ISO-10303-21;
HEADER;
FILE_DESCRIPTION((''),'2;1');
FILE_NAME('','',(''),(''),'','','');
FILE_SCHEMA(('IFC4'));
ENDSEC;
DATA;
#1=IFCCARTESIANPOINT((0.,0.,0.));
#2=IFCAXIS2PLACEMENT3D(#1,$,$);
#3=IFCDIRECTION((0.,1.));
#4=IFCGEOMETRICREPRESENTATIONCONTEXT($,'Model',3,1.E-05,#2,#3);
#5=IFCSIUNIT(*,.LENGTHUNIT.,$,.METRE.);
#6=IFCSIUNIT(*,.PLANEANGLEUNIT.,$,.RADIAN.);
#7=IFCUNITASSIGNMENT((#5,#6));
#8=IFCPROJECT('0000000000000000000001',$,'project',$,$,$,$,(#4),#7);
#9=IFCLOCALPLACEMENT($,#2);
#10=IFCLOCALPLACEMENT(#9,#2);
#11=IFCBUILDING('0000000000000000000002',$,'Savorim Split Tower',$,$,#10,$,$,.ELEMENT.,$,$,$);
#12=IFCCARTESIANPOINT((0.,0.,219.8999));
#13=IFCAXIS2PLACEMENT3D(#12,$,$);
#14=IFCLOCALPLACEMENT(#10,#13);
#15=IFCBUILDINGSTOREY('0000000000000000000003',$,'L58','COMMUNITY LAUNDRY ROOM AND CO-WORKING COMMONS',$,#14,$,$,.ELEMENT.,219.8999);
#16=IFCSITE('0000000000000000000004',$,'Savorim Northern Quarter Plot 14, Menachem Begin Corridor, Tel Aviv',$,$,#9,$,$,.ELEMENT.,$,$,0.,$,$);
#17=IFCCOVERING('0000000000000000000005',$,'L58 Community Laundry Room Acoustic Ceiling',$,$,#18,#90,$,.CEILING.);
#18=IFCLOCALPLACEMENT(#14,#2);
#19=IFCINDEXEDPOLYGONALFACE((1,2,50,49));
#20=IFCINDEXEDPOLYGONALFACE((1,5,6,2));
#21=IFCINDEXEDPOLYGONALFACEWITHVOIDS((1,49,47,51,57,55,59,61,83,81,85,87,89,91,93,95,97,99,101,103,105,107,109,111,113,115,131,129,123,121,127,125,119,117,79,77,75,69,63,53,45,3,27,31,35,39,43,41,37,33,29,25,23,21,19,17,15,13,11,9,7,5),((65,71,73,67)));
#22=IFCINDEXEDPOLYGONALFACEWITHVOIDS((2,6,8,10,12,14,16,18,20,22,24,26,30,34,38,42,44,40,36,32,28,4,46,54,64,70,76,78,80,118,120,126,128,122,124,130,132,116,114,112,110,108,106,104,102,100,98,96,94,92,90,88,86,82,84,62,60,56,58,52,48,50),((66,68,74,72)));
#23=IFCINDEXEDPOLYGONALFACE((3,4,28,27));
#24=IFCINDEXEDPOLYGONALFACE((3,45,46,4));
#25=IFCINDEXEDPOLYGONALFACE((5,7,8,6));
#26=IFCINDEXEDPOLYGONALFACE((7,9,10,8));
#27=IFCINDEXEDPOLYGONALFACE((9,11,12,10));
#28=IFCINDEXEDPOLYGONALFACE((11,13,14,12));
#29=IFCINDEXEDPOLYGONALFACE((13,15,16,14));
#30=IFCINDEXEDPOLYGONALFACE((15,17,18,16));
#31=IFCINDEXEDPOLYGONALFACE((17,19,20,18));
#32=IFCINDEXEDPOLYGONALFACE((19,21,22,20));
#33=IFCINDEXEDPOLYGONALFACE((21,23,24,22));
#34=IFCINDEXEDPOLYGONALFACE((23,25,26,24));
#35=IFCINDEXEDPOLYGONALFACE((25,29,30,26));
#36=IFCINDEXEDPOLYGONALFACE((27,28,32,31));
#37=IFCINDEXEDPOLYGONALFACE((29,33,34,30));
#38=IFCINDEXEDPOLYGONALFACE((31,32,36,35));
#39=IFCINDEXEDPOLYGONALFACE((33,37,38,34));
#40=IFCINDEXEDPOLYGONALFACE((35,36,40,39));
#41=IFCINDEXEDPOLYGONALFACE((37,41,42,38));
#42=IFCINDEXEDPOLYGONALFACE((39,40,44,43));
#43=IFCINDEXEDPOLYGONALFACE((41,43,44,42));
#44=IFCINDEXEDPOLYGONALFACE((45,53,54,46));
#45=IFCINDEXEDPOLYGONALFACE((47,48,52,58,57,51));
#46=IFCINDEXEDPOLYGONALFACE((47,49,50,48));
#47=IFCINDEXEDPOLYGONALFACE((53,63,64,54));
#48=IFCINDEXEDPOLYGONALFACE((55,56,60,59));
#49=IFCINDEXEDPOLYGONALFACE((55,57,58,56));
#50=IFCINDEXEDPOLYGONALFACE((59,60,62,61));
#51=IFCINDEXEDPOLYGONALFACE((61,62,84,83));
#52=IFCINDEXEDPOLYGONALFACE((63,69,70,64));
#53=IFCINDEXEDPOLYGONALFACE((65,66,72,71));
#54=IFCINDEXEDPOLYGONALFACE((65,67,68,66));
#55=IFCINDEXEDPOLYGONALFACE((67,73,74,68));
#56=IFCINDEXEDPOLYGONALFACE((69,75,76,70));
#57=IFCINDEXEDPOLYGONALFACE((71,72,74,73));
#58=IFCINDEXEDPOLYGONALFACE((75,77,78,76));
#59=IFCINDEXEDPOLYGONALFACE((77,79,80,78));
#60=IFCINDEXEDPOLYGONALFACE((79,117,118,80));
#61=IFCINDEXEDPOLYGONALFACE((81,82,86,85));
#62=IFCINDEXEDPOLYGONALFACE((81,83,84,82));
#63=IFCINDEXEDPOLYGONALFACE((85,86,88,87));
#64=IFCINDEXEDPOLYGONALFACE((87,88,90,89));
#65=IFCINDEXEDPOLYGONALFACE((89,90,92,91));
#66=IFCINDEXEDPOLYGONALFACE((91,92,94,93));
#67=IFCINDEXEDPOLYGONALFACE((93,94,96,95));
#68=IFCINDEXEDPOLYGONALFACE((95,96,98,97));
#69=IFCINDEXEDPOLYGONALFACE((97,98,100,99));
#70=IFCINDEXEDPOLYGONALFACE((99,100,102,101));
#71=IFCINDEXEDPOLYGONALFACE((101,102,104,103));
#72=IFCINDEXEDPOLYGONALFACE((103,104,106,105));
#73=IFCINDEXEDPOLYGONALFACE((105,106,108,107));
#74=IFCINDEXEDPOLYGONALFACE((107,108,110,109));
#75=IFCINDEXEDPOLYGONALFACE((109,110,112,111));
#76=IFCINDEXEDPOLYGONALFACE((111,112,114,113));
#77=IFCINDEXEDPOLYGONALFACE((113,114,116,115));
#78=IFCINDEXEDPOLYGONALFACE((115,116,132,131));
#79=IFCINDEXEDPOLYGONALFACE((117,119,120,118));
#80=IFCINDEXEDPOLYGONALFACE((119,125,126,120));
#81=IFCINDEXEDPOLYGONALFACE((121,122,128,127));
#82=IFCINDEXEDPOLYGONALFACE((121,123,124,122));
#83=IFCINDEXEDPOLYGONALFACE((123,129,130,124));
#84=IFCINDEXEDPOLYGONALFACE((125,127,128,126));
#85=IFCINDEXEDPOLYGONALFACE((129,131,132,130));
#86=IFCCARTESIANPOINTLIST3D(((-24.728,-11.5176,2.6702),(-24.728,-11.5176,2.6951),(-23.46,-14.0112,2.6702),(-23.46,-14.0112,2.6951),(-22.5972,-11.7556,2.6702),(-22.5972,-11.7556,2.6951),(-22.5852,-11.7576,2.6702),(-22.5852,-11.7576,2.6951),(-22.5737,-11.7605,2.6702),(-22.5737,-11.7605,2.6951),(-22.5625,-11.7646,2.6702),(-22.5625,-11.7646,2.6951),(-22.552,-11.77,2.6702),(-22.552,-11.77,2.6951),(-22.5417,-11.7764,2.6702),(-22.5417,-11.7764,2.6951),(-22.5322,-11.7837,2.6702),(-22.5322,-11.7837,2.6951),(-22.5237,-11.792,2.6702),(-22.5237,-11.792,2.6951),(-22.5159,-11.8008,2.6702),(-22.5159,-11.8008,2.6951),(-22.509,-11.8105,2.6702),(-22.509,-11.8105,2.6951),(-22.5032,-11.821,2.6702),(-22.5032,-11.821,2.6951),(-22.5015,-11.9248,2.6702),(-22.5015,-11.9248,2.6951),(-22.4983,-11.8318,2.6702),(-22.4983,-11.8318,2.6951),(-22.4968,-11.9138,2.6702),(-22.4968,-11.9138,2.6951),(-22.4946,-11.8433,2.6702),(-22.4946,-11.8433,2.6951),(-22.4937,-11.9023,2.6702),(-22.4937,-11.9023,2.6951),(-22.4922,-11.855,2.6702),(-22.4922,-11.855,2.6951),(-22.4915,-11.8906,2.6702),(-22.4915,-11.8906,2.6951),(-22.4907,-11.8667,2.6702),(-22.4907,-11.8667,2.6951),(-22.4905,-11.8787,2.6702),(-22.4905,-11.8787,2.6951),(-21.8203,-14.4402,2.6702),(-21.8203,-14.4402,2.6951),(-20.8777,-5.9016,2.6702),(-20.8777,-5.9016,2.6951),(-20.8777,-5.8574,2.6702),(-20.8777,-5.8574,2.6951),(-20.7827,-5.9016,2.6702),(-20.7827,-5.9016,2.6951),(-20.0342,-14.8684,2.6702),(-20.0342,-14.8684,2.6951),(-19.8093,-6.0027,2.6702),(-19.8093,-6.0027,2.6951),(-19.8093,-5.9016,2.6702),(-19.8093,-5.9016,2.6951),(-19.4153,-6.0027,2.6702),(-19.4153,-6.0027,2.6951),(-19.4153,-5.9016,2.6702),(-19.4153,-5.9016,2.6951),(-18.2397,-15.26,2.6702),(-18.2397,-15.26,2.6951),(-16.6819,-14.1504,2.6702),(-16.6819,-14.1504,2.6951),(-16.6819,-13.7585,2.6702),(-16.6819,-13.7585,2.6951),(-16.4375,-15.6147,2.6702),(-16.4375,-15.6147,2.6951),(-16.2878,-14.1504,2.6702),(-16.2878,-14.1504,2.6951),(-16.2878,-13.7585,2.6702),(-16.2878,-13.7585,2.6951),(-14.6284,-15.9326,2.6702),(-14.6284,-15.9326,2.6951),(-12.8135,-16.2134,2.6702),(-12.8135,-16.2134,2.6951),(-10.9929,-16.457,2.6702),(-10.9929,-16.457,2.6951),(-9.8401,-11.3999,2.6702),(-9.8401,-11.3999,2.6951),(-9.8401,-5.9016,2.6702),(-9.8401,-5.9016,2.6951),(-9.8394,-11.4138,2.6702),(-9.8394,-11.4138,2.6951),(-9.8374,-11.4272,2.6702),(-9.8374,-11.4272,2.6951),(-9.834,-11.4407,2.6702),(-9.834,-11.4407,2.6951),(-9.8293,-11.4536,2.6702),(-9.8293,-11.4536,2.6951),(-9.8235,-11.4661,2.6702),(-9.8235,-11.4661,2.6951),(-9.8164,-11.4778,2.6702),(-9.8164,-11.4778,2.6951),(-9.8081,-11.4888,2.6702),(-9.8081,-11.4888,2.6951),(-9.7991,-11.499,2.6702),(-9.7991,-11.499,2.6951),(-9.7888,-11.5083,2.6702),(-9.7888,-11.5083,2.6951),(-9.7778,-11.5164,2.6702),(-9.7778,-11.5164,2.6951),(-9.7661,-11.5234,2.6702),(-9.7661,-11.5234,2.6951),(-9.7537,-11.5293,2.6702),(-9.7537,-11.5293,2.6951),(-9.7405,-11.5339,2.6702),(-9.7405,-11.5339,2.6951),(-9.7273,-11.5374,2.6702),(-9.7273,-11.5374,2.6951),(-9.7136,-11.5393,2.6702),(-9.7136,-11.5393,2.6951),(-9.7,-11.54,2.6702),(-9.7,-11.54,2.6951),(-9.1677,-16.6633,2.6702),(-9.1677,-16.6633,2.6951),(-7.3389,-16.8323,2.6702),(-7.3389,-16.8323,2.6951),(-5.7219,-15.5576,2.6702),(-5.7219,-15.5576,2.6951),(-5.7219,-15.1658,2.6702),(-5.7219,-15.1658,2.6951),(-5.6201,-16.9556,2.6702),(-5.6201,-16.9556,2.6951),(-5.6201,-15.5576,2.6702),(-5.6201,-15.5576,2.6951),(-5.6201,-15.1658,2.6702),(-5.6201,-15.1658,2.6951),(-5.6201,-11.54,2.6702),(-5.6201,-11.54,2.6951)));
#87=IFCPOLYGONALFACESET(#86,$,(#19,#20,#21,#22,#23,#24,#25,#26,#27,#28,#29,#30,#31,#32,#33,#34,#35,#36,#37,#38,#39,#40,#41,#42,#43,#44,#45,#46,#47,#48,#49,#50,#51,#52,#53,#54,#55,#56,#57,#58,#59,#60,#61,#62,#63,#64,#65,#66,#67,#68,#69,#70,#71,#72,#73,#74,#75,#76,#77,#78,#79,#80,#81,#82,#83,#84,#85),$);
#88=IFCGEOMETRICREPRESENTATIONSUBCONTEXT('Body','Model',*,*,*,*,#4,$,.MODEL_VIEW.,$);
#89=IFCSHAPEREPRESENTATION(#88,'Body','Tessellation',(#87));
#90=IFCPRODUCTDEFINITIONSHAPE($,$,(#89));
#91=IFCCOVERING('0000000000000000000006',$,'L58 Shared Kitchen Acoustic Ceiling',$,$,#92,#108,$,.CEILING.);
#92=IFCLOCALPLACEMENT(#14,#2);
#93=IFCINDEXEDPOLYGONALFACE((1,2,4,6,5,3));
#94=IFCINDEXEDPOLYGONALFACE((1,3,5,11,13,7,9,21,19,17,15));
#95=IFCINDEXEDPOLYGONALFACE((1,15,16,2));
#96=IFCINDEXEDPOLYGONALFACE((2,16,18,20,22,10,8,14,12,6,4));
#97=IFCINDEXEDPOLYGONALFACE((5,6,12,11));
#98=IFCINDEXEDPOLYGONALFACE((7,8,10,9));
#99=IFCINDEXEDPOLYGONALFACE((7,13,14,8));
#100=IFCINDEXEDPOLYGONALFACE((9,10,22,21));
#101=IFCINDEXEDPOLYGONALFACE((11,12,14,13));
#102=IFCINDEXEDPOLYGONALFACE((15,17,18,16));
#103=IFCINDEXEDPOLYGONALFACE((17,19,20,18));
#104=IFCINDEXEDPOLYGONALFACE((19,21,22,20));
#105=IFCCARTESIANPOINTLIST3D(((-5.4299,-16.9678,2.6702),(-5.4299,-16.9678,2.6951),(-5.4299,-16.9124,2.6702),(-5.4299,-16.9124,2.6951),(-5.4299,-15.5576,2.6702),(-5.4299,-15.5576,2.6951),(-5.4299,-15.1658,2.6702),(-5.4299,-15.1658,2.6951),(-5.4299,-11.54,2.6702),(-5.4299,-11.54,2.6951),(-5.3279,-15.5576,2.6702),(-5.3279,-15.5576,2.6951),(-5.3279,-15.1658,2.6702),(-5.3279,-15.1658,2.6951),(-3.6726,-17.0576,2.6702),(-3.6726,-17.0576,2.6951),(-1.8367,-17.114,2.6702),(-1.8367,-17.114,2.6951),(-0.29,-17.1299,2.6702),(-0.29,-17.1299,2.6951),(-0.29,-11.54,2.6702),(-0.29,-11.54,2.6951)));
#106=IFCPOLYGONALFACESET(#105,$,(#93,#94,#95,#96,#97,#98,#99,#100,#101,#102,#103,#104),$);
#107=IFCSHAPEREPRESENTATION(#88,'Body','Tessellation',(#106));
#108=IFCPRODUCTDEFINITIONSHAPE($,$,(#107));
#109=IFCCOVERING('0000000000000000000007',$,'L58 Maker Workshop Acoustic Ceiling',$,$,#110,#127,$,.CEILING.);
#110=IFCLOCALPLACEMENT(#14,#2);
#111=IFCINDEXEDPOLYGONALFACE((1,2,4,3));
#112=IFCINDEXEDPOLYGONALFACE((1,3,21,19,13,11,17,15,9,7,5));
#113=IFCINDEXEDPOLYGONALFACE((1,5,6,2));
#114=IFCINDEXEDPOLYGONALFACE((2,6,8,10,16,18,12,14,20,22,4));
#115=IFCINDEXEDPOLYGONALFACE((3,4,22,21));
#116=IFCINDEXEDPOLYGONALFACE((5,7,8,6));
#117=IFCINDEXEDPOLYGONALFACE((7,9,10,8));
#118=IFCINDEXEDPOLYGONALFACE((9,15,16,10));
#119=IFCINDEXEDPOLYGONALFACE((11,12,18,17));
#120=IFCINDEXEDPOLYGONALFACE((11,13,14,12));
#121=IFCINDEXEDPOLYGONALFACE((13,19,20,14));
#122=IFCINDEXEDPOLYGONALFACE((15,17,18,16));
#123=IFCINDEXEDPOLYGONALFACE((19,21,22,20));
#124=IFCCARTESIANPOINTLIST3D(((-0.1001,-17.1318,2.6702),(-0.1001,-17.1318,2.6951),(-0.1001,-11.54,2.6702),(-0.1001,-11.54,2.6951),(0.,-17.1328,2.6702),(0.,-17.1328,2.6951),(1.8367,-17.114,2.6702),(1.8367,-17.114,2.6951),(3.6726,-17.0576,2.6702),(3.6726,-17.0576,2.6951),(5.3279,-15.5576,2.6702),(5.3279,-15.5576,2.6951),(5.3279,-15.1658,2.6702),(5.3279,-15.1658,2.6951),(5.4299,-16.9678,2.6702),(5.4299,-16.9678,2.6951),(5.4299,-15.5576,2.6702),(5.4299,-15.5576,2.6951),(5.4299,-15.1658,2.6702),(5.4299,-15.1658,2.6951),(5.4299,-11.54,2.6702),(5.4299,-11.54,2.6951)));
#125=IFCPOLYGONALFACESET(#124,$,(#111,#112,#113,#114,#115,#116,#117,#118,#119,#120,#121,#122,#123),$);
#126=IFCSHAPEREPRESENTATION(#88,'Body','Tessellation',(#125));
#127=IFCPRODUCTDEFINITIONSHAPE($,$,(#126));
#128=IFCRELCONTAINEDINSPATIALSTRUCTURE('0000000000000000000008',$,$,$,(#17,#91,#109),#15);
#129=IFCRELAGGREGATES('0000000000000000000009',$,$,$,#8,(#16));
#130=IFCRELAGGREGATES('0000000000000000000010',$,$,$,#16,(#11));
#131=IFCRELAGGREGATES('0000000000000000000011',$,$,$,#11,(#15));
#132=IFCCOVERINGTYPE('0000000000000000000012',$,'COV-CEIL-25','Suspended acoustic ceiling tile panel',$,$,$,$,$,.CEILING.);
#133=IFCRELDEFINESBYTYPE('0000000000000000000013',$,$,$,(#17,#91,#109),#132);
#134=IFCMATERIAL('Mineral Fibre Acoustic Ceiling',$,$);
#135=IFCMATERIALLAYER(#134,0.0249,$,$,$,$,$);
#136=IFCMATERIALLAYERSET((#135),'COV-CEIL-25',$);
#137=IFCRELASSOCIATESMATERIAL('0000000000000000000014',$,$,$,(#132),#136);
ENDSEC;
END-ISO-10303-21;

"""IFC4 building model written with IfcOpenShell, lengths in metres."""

from ifc_helpers import new_model, si_unit, direction, frame, origin, place, context, subcontext, project, spatial, polyline, outline, extrude, material, layer, layer_set, type_object, element, save


model = new_model("IFC4")

# Units and contexts
model_context = context("Model", 3, precision=1e-05, world=origin(), true_north=direction((0.0, 1.0)))
body_context = subcontext(model_context, "Body", "Model", "MODEL_VIEW")
ifc_project = project(units=[si_unit("LENGTHUNIT", "METRE"), si_unit("PLANEANGLEUNIT", "RADIAN")], contexts=[model_context])

# Site, building, storey
site_placement = place(None, origin())
site = spatial("IfcSite", under=ifc_project, at=site_placement, Name="Savorim Northern Quarter Plot 14, Menachem Begin Corridor, Tel Aviv", CompositionType="ELEMENT", RefElevation=0.0)
building_placement = place(site_placement, origin())
building = spatial("IfcBuilding", under=site, at=building_placement, Name="Savorim Split Tower", CompositionType="ELEMENT")
storey_placement = place(building_placement, frame((0.0, 0.0, 219.8999)))
storey = spatial("IfcBuildingStorey", under=building, at=storey_placement, Name="L58", Description="COMMUNITY LAUNDRY ROOM AND CO-WORKING COMMONS", CompositionType="ELEMENT", Elevation=219.8999)

# Coverings
ifc_material_1 = material(Name="Mineral Fibre Acoustic Ceiling")
ifc_layer_1 = layer(ifc_material_1, 0.0249)
ifc_layer_set_1 = layer_set([ifc_layer_1], Name="COV-CEIL-25")
covering_type_1 = type_object("IfcCoveringType", Name="COV-CEIL-25", Description="Suspended acoustic ceiling tile panel", PredefinedType="CEILING", material=ifc_layer_set_1)
covering_1_placement = place(storey_placement, frame((0.0, 0.0, 2.6702)))
element("IfcCovering", 1, at=covering_1_placement, inside=storey, type_object=covering_type_1, Name="L58 Community Laundry Room Acoustic Ceiling", PredefinedType="CEILING", context=body_context, shape_type="SweptSolid", body=[
    extrude(outline(polyline([(-22.4907, -11.8667), (-22.4905, -11.8787), (-22.4915, -11.8906), (-22.4937, -11.9023), (-22.4968, -11.9138), (-22.5015, -11.9248), (-23.46, -14.0112), (-21.8203, -14.4402), (-20.0342, -14.8684), (-18.2397, -15.26), (-16.4375, -15.6147), (-14.6284, -15.9326), (-12.8135, -16.2134), (-10.9929, -16.457), (-9.1677, -16.6633), (-7.3389, -16.8323), (-5.6201, -16.9556), (-5.6201, -15.5576), (-5.7219, -15.5576), (-5.7219, -15.1658), (-5.6201, -15.1658), (-5.6201, -11.54), (-9.7, -11.54), (-9.7136, -11.5393), (-9.7273, -11.5374), (-9.7405, -11.5339), (-9.7537, -11.5293), (-9.7661, -11.5234), (-9.7778, -11.5164), (-9.7888, -11.5083), (-9.7991, -11.499), (-9.8081, -11.4888), (-9.8164, -11.4778), (-9.8235, -11.4661), (-9.8293, -11.4536), (-9.834, -11.4407), (-9.8374, -11.4272), (-9.8394, -11.4138), (-9.8401, -11.3999), (-9.8401, -5.9016), (-19.4153, -5.9016), (-19.4153, -6.0027), (-19.8093, -6.0027), (-19.8093, -5.9016), (-20.7827, -5.9016), (-20.8777, -5.9016), (-20.8777, -5.8574), (-24.728, -11.5176), (-22.5972, -11.7556), (-22.5852, -11.7576), (-22.5737, -11.7605), (-22.5625, -11.7646), (-22.552, -11.77), (-22.5417, -11.7764), (-22.5322, -11.7837), (-22.5237, -11.792), (-22.5159, -11.8008), (-22.509, -11.8105), (-22.5032, -11.821), (-22.4983, -11.8318), (-22.4946, -11.8433), (-22.4922, -11.855), (-22.4907, -11.8667)]), holes=[polyline([(-16.6819, -14.1504), (-16.2878, -14.1504), (-16.2878, -13.7585), (-16.6819, -13.7585), (-16.6819, -14.1504)])]), origin(), (0.0, 0.0, 1.0), 0.0249),
])
covering_2_placement = place(storey_placement, frame((0.0, 0.0, 2.6702)))
element("IfcCovering", 2, at=covering_2_placement, inside=storey, type_object=covering_type_1, Name="L58 Shared Kitchen Acoustic Ceiling", PredefinedType="CEILING", context=body_context, shape_type="SweptSolid", body=[
    extrude(outline(polyline([(-5.4299, -16.9678), (-3.6726, -17.0576), (-1.8367, -17.114), (-0.29, -17.1299), (-0.29, -11.54), (-5.4299, -11.54), (-5.4299, -15.1658), (-5.3279, -15.1658), (-5.3279, -15.5576), (-5.4299, -15.5576), (-5.4299, -16.9124), (-5.4299, -16.9678)])), origin(), (0.0, 0.0, 1.0), 0.0249),
])
covering_3_placement = place(storey_placement, frame((0.0, 0.0, 2.6702)))
element("IfcCovering", 3, at=covering_3_placement, inside=storey, type_object=covering_type_1, Name="L58 Maker Workshop Acoustic Ceiling", PredefinedType="CEILING", context=body_context, shape_type="SweptSolid", body=[
    extrude(outline(polyline([(-0.1001, -17.1318), (0.0, -17.1328), (1.8367, -17.114), (3.6726, -17.0576), (5.4299, -16.9678), (5.4299, -15.5576), (5.3279, -15.5576), (5.3279, -15.1658), (5.4299, -15.1658), (5.4299, -11.54), (-0.1001, -11.54), (-0.1001, -17.1318)])), origin(), (0.0, 0.0, 1.0), 0.0249),
])

save(model, "model.ifc")
